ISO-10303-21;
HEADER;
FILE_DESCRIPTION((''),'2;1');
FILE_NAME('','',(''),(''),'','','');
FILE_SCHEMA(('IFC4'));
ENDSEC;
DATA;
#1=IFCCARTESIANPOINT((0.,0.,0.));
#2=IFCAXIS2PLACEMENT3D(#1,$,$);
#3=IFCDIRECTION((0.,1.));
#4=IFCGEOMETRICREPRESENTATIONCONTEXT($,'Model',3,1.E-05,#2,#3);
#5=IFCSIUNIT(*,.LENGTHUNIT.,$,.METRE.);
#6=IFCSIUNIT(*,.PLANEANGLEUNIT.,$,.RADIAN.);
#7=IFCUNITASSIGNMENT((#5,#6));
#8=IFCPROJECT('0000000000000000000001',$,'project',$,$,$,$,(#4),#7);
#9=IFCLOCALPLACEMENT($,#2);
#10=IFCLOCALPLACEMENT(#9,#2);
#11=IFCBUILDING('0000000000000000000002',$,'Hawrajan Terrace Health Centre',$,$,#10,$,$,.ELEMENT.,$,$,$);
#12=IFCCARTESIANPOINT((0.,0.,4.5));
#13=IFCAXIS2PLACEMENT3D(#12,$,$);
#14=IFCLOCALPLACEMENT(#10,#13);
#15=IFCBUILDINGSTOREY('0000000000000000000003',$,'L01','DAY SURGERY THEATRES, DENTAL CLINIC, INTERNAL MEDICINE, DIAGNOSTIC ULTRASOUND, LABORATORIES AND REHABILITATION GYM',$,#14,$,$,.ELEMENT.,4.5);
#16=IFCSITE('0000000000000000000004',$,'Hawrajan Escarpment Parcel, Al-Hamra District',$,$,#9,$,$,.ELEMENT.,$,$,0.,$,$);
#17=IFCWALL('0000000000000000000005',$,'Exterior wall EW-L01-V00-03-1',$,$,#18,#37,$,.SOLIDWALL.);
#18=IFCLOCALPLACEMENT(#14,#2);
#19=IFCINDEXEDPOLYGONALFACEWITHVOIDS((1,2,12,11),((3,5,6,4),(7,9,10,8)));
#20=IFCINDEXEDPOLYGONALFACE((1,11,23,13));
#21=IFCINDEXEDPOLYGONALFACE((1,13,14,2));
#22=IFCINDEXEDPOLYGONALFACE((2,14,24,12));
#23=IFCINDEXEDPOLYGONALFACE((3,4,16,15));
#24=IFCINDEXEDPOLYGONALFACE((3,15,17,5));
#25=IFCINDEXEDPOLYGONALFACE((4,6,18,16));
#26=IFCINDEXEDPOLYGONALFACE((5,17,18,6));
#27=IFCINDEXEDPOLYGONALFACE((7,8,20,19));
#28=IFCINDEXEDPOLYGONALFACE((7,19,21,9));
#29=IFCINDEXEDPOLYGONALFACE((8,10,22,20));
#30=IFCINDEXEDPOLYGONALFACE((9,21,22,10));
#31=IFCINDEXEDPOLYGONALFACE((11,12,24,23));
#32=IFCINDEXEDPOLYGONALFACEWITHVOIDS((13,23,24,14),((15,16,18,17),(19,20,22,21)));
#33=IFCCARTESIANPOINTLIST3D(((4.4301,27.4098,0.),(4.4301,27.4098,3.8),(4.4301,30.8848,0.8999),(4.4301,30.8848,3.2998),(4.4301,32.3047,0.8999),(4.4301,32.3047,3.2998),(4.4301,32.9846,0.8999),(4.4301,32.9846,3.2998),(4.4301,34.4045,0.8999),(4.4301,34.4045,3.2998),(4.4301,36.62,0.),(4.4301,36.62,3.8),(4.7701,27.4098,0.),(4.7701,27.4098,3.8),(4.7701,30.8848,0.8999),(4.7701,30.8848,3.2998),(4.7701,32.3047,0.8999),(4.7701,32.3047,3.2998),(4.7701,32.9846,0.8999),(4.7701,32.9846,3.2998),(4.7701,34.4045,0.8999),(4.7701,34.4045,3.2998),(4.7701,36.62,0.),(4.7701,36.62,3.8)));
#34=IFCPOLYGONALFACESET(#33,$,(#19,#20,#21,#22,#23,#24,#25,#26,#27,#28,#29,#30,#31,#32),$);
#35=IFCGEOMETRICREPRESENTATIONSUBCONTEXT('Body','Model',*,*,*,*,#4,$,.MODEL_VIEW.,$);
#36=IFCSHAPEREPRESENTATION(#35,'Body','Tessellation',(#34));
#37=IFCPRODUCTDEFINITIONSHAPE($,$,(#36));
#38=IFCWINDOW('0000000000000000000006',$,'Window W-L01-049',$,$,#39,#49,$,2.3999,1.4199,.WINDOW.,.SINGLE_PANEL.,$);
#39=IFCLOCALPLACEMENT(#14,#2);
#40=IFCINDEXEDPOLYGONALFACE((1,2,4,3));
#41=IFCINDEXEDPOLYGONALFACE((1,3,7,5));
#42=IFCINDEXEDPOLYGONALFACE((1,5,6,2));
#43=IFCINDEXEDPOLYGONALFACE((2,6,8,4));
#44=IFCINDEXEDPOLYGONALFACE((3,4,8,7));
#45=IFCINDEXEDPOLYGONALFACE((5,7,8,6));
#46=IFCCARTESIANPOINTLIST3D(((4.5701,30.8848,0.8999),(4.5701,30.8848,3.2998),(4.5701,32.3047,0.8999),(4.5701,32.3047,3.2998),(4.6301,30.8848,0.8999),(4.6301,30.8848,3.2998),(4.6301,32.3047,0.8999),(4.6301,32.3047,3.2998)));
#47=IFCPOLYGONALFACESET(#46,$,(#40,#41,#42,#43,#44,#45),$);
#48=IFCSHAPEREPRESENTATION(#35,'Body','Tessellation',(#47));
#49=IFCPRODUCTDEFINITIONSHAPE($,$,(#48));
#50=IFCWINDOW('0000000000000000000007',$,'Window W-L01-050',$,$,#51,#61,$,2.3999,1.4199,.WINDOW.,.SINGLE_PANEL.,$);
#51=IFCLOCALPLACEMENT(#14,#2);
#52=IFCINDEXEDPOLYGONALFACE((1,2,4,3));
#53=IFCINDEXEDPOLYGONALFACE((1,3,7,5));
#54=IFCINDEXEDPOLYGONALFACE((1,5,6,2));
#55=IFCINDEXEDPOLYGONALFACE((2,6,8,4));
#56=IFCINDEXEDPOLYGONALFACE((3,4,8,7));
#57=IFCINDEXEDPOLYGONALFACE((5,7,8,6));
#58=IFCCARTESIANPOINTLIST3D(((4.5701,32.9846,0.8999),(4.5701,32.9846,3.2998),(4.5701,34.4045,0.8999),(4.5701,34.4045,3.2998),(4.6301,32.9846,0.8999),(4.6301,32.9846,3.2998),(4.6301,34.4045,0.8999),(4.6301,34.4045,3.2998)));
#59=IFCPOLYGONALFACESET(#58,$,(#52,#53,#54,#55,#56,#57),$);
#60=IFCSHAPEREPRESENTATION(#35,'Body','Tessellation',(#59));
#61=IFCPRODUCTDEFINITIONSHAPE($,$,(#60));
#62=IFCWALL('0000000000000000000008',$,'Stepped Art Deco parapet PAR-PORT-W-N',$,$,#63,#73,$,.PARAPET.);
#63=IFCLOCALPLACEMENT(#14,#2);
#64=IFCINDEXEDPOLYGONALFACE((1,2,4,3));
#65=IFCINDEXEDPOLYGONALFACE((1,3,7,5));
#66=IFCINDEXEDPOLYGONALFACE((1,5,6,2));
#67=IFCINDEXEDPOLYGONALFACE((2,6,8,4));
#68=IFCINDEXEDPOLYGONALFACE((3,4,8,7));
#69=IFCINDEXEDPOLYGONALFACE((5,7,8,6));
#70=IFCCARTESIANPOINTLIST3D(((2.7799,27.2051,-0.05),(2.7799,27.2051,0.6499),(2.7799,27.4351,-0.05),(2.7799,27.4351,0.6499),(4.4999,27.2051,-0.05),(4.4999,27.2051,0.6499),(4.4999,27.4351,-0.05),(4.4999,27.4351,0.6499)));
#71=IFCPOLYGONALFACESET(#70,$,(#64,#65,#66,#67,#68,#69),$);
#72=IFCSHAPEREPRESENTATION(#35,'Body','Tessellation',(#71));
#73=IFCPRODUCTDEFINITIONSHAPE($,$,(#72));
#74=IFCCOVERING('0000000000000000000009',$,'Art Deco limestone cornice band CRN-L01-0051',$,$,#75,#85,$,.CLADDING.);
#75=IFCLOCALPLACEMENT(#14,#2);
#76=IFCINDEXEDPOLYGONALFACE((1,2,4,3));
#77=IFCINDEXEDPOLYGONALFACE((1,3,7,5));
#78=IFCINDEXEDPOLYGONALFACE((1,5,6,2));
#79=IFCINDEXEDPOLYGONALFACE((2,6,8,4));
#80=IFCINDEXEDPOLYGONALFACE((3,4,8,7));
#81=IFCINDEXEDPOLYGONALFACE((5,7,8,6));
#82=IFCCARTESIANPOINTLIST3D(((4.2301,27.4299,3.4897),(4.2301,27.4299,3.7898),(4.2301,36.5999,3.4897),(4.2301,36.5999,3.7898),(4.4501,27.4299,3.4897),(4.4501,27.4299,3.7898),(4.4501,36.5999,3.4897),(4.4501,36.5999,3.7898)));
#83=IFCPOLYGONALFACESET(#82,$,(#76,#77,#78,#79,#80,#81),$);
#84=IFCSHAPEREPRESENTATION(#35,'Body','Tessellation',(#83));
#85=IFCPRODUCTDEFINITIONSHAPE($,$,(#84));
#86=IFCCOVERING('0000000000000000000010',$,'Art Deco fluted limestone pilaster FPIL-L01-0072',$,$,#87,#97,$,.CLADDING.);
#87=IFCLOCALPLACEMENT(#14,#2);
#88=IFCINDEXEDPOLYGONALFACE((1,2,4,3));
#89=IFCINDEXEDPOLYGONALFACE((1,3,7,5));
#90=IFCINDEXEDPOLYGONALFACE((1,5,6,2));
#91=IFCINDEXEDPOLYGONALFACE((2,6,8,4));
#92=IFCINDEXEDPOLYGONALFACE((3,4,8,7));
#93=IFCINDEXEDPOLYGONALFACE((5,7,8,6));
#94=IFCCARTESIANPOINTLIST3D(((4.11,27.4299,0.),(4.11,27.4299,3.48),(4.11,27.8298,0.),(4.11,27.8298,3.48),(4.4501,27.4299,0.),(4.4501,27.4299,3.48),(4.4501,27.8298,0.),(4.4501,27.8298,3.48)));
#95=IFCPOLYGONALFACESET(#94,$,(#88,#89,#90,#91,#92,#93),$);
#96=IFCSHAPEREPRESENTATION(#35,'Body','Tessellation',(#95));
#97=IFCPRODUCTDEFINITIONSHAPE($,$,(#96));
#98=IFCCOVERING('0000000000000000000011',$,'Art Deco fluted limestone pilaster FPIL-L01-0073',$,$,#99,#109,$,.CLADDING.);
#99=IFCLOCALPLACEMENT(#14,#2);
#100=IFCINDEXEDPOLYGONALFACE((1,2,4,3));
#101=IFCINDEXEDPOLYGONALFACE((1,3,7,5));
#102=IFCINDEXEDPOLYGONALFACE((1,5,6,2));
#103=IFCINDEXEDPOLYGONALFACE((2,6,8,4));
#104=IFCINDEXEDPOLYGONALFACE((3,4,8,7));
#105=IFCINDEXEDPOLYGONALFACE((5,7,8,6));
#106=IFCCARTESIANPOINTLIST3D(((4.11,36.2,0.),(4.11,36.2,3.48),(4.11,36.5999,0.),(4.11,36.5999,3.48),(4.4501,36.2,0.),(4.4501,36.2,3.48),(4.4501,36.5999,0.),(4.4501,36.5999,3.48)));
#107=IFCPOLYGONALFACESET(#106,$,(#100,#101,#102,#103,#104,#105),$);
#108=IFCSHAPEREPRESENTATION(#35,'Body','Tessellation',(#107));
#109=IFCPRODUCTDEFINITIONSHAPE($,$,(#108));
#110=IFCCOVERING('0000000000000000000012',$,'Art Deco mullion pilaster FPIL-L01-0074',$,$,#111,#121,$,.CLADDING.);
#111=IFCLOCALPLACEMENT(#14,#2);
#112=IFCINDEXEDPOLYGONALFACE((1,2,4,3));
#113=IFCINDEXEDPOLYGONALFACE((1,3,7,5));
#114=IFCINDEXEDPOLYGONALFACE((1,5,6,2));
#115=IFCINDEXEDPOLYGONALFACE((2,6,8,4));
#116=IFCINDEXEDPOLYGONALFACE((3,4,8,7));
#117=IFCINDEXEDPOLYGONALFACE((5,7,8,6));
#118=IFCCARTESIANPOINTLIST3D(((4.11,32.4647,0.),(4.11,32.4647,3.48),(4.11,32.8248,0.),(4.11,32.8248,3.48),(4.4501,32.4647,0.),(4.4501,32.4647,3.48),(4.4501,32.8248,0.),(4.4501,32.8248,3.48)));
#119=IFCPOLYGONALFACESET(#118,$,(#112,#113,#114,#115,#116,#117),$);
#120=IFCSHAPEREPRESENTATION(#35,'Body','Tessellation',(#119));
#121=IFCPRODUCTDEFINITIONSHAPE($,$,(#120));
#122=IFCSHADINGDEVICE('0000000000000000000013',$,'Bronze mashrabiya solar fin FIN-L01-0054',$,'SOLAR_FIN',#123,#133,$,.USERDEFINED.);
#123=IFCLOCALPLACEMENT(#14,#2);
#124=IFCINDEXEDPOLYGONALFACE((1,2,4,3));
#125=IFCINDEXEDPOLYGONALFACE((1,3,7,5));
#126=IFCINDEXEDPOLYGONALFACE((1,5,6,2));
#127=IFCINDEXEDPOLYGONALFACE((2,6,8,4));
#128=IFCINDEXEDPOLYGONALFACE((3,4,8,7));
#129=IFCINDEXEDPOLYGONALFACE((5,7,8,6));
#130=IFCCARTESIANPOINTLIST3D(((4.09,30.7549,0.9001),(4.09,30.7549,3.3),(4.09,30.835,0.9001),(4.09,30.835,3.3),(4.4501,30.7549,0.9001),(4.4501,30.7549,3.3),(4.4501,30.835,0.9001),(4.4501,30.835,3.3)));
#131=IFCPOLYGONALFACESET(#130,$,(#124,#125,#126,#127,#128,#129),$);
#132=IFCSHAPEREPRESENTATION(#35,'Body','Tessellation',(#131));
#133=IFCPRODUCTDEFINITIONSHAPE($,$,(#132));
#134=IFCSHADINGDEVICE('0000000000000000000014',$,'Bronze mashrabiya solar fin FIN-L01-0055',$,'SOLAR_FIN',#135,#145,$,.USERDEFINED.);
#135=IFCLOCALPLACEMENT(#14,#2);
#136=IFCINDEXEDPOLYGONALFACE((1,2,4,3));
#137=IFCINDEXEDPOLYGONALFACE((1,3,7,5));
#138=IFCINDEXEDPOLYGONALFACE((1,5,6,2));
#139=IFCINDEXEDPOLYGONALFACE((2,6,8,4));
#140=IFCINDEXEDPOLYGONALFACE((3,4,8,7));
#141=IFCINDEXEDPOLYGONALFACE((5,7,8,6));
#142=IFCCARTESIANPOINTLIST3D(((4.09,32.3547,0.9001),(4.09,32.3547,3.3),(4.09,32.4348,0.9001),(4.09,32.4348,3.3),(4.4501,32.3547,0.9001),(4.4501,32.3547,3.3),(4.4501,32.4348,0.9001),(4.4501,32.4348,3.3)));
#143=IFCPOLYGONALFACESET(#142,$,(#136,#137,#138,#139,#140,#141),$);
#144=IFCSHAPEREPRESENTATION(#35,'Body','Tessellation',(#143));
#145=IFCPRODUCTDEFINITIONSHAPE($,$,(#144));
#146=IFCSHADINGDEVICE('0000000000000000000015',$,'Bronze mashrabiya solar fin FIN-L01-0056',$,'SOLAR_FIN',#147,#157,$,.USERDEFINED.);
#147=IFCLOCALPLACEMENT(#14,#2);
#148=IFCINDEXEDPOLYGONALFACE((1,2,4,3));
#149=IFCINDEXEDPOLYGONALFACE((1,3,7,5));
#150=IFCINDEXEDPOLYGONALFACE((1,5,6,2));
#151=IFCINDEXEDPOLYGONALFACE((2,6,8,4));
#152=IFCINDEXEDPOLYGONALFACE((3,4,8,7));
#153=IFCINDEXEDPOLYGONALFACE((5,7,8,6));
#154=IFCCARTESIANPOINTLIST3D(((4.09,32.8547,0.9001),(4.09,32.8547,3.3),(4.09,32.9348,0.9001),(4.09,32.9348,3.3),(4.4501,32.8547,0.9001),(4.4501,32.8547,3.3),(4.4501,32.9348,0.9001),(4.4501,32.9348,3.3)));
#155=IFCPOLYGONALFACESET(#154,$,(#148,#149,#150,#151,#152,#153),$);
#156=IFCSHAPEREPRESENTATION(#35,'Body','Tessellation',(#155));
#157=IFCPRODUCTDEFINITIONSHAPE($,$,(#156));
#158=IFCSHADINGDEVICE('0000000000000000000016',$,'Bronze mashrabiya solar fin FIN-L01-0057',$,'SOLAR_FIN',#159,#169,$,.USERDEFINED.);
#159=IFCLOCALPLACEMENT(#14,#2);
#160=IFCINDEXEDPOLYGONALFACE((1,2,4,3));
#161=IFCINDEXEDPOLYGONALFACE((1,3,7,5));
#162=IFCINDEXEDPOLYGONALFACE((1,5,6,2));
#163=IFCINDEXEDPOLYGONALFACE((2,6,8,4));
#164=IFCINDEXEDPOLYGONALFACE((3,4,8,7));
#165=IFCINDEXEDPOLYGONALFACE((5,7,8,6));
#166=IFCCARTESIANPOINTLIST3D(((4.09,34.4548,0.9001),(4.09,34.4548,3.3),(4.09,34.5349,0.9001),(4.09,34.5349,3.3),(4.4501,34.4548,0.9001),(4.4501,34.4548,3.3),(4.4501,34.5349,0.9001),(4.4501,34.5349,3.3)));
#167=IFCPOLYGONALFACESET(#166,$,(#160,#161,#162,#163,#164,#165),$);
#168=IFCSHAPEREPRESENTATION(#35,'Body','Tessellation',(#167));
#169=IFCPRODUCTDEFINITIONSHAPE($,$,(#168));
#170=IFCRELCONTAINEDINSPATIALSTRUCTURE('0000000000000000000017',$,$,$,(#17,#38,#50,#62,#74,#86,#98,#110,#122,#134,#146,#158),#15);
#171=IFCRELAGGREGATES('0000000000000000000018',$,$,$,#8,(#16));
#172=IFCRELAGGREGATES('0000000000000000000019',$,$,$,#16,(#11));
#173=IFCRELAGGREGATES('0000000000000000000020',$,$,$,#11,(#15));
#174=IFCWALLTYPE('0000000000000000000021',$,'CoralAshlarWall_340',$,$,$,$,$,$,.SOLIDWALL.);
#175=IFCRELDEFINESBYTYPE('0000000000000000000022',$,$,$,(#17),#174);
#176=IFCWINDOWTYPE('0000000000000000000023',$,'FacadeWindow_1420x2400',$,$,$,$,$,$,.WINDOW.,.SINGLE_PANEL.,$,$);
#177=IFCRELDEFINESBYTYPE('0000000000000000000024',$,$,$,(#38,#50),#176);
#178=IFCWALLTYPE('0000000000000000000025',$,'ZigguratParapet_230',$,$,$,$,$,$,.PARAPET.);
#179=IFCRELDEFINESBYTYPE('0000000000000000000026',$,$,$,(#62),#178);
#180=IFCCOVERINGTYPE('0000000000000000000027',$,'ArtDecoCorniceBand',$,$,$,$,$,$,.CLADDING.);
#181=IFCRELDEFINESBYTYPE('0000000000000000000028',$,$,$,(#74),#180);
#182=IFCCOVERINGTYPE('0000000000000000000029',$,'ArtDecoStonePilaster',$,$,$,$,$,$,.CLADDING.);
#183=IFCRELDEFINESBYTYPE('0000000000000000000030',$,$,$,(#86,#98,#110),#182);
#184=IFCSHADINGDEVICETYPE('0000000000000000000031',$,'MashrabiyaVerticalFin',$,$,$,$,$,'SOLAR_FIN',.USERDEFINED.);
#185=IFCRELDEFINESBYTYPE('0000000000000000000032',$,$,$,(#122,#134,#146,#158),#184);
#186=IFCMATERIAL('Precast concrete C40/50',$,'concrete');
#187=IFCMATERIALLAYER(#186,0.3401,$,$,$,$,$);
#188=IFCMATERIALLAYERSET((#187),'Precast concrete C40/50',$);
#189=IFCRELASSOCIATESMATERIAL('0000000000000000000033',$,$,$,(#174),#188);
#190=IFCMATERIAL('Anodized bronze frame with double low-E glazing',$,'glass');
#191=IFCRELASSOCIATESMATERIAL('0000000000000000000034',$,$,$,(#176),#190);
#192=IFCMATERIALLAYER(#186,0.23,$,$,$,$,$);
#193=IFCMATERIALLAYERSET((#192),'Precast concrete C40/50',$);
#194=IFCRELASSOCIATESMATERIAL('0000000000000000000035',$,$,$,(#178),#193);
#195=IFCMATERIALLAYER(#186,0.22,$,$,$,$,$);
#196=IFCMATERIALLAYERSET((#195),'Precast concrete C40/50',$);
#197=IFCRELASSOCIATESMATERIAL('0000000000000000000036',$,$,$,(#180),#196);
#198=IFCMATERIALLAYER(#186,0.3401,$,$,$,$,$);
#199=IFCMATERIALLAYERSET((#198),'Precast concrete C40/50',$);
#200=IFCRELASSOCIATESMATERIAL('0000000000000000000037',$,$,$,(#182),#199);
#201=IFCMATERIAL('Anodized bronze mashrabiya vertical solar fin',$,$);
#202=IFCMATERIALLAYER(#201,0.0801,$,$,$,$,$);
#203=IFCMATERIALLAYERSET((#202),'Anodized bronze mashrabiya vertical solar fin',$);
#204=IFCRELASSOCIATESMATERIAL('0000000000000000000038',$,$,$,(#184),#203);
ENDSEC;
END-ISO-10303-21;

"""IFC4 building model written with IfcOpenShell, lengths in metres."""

from ifc_helpers import new_model, si_unit, direction, frame, frame_2d, origin, origin_2d, place, context, subcontext, project, spatial, rectangle, extrude, material, layer, layer_set, type_object, element, fill, save


model = new_model("IFC4")

# Units and contexts
model_context = context("Model", 3, precision=1e-05, world=origin(), true_north=direction((0.0, 1.0)))
body_context = subcontext(model_context, "Body", "Model", "MODEL_VIEW")
ifc_project = project(units=[si_unit("LENGTHUNIT", "METRE"), si_unit("PLANEANGLEUNIT", "RADIAN")], contexts=[model_context])

# Site, building, storey
site_placement = place(None, origin())
site = spatial("IfcSite", under=ifc_project, at=site_placement, Name="Hawrajan Escarpment Parcel, Al-Hamra District", CompositionType="ELEMENT", RefElevation=0.0)
building_placement = place(site_placement, origin())
building = spatial("IfcBuilding", under=site, at=building_placement, Name="Hawrajan Terrace Health Centre", CompositionType="ELEMENT")
storey_placement = place(building_placement, frame((0.0, 0.0, 4.5)))
storey = spatial("IfcBuildingStorey", under=building, at=storey_placement, Name="L01", Description="DAY SURGERY THEATRES, DENTAL CLINIC, INTERNAL MEDICINE, DIAGNOSTIC ULTRASOUND, LABORATORIES AND REHABILITATION GYM", CompositionType="ELEMENT", Elevation=4.5)

# Wall, openings, windows
ifc_material_1 = material(Name="Precast concrete C40/50", Category="concrete")
ifc_layer_1 = layer(ifc_material_1, 0.3401)
ifc_layer_set_1 = layer_set([ifc_layer_1], Name="Precast concrete C40/50")
wall_type_1 = type_object("IfcWallType", Name="CoralAshlarWall_340", PredefinedType="SOLIDWALL", material=ifc_layer_set_1)
wall_1_placement = place(storey_placement, frame((4.6001, 27.4099, 0.0), z_axis=(0.0, 0.0, 1.0), x_axis=(0.0, 1.0, 0.0)))
wall_1 = element("IfcWall", 1, at=wall_1_placement, inside=storey, type_object=wall_type_1, Name="Exterior wall EW-L01-V00-03-1", PredefinedType="SOLIDWALL", context=body_context, shape_type="SweptSolid", body=[
    extrude(rectangle(XDim=9.2102, YDim=0.3401, at=frame_2d((4.605, 0.0))), origin(), (0.0, 0.0, 1.0), 3.8),
])
opening_1_placement = place(wall_1_placement, frame((3.4749, 0.0, 0.8999)))
opening_1 = element("IfcOpeningElement", 2, at=opening_1_placement, cuts=wall_1, PredefinedType="OPENING", context=body_context, shape_type="SweptSolid", body=[
    extrude(rectangle(XDim=1.4199, YDim=2.3999, at=frame_2d((0.71, 1.2))), frame((0.0, 0.1799, 0.0), z_axis=(0.0, -1.0, 0.0), x_axis=(1.0, 0.0, 0.0)), (0.0, 0.0, 1.0), 0.3601),
])
opening_2_placement = place(wall_1_placement, frame((5.5747, 0.0, 0.8999)))
opening_2 = element("IfcOpeningElement", 3, at=opening_2_placement, cuts=wall_1, PredefinedType="OPENING", context=body_context, shape_type="SweptSolid", body=[
    extrude(rectangle(XDim=1.4199, YDim=2.3999, at=frame_2d((0.71, 1.2))), frame((0.0, 0.1799, 0.0), z_axis=(0.0, -1.0, 0.0), x_axis=(1.0, 0.0, 0.0)), (0.0, 0.0, 1.0), 0.3601),
])
ifc_material_2 = material(Name="Anodized bronze frame with double low-E glazing", Category="glass")
window_type = type_object("IfcWindowType", Name="FacadeWindow_1420x2400", PartitioningType="SINGLE_PANEL", PredefinedType="WINDOW", material=ifc_material_2)
window_1_placement = place(opening_1_placement, origin())
window_1 = element("IfcWindow", 4, at=window_1_placement, inside=storey, type_object=window_type, Name="Window W-L01-049", OverallHeight=2.3999, OverallWidth=1.4199, PartitioningType="SINGLE_PANEL", PredefinedType="WINDOW", context=body_context, shape_type="SweptSolid", body=[
    extrude(rectangle(XDim=1.4199, YDim=2.3999, at=frame_2d((0.71, 1.2))), frame((0.0, 0.03, 0.0), z_axis=(0.0, -1.0, 0.0), x_axis=(1.0, 0.0, 0.0)), (0.0, 0.0, 1.0), 0.0601),
])
fill(opening_1, window_1)
window_2_placement = place(opening_2_placement, origin())
window_2 = element("IfcWindow", 5, at=window_2_placement, inside=storey, type_object=window_type, Name="Window W-L01-050", OverallHeight=2.3999, OverallWidth=1.4199, PartitioningType="SINGLE_PANEL", PredefinedType="WINDOW", context=body_context, shape_type="SweptSolid", body=[
    extrude(rectangle(XDim=1.4199, YDim=2.3999, at=frame_2d((0.71, 1.2))), frame((0.0, 0.03, 0.0), z_axis=(0.0, -1.0, 0.0), x_axis=(1.0, 0.0, 0.0)), (0.0, 0.0, 1.0), 0.0601),
])
fill(opening_2, window_2)

# Wall
ifc_layer_2 = layer(ifc_material_1, 0.23)
ifc_layer_set_2 = layer_set([ifc_layer_2], Name="Precast concrete C40/50")
wall_type_2 = type_object("IfcWallType", Name="ZigguratParapet_230", PredefinedType="PARAPET", material=ifc_layer_set_2)
wall_2_placement = place(storey_placement, frame((2.78, 27.3201, -0.05), z_axis=(0.0, 0.0, 1.0), x_axis=(1.0, 0.0, 0.0)))
element("IfcWall", 6, at=wall_2_placement, inside=storey, type_object=wall_type_2, Name="Stepped Art Deco parapet PAR-PORT-W-N", PredefinedType="PARAPET", context=body_context, shape_type="SweptSolid", body=[
    extrude(rectangle(XDim=1.72, YDim=0.23, at=frame_2d((0.8599, 0.0))), origin(), (0.0, 0.0, 1.0), 0.7),
])

# Coverings
ifc_layer_3 = layer(ifc_material_1, 0.22)
ifc_layer_set_3 = layer_set([ifc_layer_3], Name="Precast concrete C40/50")
covering_type_1 = type_object("IfcCoveringType", Name="ArtDecoCorniceBand", PredefinedType="CLADDING", material=ifc_layer_set_3)
covering_1_placement = place(storey_placement, frame((4.3401, 32.0149, 3.4897), z_axis=(0.0, 0.0, 1.0), x_axis=(0.0, 1.0, 0.0)))
element("IfcCovering", 7, at=covering_1_placement, inside=storey, type_object=covering_type_1, Name="Art Deco limestone cornice band CRN-L01-0051", PredefinedType="CLADDING", context=body_context, shape_type="SweptSolid", body=[
    extrude(rectangle(XDim=9.1699, YDim=0.22, at=origin_2d()), origin(), (0.0, 0.0, 1.0), 0.3),
])
ifc_layer_4 = layer(ifc_material_1, 0.3401)
ifc_layer_set_4 = layer_set([ifc_layer_4], Name="Precast concrete C40/50")
covering_type_2 = type_object("IfcCoveringType", Name="ArtDecoStonePilaster", PredefinedType="CLADDING", material=ifc_layer_set_4)
for number, where, z_axis, x_axis, name in (
    (8, (4.28, 27.6299, 0.0), (0.0, 0.0, 1.0), (0.0, 1.0, 0.0), "Art Deco fluted limestone pilaster FPIL-L01-0072"),
    (9, (4.28, 36.3999, 0.0), (0.0, 0.0, 1.0), (0.0, 1.0, 0.0), "Art Deco fluted limestone pilaster FPIL-L01-0073"),
):
    element("IfcCovering", number, at=place(storey_placement, frame(where, z_axis=z_axis, x_axis=x_axis)), inside=storey, type_object=covering_type_2, Name=name, PredefinedType="CLADDING", context=body_context, shape_type="SweptSolid", body=[
        extrude(rectangle(XDim=0.3999, YDim=0.3401, at=origin_2d()), origin(), (0.0, 0.0, 1.0), 3.48),
    ])
covering_2_placement = place(storey_placement, frame((4.28, 32.6448, 0.0), z_axis=(0.0, 0.0, 1.0), x_axis=(0.0, 1.0, 0.0)))
element("IfcCovering", 10, at=covering_2_placement, inside=storey, type_object=covering_type_2, Name="Art Deco mullion pilaster FPIL-L01-0074", PredefinedType="CLADDING", context=body_context, shape_type="SweptSolid", body=[
    extrude(rectangle(XDim=0.3601, YDim=0.3401, at=origin_2d()), origin(), (0.0, 0.0, 1.0), 3.48),
])

# Shading devices
ifc_material_3 = material(Name="Anodized bronze mashrabiya vertical solar fin")
ifc_layer_5 = layer(ifc_material_3, 0.0801)
ifc_layer_set_5 = layer_set([ifc_layer_5], Name="Anodized bronze mashrabiya vertical solar fin")
shading_device_type = type_object("IfcShadingDeviceType", Name="MashrabiyaVerticalFin", ElementType="SOLAR_FIN", PredefinedType="USERDEFINED", material=ifc_layer_set_5)
for number, where, z_axis, x_axis, name in (
    (11, (4.27, 30.7949, 0.9001), (0.0, 0.0, 1.0), (0.0, 1.0, 0.0), "Bronze mashrabiya solar fin FIN-L01-0054"),
    (12, (4.27, 32.3948, 0.9001), (0.0, 0.0, 1.0), (0.0, 1.0, 0.0), "Bronze mashrabiya solar fin FIN-L01-0055"),
    (13, (4.27, 32.8948, 0.9001), (0.0, 0.0, 1.0), (0.0, 1.0, 0.0), "Bronze mashrabiya solar fin FIN-L01-0056"),
    (14, (4.27, 34.4949, 0.9001), (0.0, 0.0, 1.0), (0.0, 1.0, 0.0), "Bronze mashrabiya solar fin FIN-L01-0057"),
):
    element("IfcShadingDevice", number, at=place(storey_placement, frame(where, z_axis=z_axis, x_axis=x_axis)), inside=storey, type_object=shading_device_type, Name=name, ObjectType="SOLAR_FIN", PredefinedType="USERDEFINED", context=body_context, shape_type="SweptSolid", body=[
        extrude(rectangle(XDim=0.0801, YDim=0.3601, at=origin_2d()), origin(), (0.0, 0.0, 1.0), 2.3999),
    ])

save(model, "model.ifc")
